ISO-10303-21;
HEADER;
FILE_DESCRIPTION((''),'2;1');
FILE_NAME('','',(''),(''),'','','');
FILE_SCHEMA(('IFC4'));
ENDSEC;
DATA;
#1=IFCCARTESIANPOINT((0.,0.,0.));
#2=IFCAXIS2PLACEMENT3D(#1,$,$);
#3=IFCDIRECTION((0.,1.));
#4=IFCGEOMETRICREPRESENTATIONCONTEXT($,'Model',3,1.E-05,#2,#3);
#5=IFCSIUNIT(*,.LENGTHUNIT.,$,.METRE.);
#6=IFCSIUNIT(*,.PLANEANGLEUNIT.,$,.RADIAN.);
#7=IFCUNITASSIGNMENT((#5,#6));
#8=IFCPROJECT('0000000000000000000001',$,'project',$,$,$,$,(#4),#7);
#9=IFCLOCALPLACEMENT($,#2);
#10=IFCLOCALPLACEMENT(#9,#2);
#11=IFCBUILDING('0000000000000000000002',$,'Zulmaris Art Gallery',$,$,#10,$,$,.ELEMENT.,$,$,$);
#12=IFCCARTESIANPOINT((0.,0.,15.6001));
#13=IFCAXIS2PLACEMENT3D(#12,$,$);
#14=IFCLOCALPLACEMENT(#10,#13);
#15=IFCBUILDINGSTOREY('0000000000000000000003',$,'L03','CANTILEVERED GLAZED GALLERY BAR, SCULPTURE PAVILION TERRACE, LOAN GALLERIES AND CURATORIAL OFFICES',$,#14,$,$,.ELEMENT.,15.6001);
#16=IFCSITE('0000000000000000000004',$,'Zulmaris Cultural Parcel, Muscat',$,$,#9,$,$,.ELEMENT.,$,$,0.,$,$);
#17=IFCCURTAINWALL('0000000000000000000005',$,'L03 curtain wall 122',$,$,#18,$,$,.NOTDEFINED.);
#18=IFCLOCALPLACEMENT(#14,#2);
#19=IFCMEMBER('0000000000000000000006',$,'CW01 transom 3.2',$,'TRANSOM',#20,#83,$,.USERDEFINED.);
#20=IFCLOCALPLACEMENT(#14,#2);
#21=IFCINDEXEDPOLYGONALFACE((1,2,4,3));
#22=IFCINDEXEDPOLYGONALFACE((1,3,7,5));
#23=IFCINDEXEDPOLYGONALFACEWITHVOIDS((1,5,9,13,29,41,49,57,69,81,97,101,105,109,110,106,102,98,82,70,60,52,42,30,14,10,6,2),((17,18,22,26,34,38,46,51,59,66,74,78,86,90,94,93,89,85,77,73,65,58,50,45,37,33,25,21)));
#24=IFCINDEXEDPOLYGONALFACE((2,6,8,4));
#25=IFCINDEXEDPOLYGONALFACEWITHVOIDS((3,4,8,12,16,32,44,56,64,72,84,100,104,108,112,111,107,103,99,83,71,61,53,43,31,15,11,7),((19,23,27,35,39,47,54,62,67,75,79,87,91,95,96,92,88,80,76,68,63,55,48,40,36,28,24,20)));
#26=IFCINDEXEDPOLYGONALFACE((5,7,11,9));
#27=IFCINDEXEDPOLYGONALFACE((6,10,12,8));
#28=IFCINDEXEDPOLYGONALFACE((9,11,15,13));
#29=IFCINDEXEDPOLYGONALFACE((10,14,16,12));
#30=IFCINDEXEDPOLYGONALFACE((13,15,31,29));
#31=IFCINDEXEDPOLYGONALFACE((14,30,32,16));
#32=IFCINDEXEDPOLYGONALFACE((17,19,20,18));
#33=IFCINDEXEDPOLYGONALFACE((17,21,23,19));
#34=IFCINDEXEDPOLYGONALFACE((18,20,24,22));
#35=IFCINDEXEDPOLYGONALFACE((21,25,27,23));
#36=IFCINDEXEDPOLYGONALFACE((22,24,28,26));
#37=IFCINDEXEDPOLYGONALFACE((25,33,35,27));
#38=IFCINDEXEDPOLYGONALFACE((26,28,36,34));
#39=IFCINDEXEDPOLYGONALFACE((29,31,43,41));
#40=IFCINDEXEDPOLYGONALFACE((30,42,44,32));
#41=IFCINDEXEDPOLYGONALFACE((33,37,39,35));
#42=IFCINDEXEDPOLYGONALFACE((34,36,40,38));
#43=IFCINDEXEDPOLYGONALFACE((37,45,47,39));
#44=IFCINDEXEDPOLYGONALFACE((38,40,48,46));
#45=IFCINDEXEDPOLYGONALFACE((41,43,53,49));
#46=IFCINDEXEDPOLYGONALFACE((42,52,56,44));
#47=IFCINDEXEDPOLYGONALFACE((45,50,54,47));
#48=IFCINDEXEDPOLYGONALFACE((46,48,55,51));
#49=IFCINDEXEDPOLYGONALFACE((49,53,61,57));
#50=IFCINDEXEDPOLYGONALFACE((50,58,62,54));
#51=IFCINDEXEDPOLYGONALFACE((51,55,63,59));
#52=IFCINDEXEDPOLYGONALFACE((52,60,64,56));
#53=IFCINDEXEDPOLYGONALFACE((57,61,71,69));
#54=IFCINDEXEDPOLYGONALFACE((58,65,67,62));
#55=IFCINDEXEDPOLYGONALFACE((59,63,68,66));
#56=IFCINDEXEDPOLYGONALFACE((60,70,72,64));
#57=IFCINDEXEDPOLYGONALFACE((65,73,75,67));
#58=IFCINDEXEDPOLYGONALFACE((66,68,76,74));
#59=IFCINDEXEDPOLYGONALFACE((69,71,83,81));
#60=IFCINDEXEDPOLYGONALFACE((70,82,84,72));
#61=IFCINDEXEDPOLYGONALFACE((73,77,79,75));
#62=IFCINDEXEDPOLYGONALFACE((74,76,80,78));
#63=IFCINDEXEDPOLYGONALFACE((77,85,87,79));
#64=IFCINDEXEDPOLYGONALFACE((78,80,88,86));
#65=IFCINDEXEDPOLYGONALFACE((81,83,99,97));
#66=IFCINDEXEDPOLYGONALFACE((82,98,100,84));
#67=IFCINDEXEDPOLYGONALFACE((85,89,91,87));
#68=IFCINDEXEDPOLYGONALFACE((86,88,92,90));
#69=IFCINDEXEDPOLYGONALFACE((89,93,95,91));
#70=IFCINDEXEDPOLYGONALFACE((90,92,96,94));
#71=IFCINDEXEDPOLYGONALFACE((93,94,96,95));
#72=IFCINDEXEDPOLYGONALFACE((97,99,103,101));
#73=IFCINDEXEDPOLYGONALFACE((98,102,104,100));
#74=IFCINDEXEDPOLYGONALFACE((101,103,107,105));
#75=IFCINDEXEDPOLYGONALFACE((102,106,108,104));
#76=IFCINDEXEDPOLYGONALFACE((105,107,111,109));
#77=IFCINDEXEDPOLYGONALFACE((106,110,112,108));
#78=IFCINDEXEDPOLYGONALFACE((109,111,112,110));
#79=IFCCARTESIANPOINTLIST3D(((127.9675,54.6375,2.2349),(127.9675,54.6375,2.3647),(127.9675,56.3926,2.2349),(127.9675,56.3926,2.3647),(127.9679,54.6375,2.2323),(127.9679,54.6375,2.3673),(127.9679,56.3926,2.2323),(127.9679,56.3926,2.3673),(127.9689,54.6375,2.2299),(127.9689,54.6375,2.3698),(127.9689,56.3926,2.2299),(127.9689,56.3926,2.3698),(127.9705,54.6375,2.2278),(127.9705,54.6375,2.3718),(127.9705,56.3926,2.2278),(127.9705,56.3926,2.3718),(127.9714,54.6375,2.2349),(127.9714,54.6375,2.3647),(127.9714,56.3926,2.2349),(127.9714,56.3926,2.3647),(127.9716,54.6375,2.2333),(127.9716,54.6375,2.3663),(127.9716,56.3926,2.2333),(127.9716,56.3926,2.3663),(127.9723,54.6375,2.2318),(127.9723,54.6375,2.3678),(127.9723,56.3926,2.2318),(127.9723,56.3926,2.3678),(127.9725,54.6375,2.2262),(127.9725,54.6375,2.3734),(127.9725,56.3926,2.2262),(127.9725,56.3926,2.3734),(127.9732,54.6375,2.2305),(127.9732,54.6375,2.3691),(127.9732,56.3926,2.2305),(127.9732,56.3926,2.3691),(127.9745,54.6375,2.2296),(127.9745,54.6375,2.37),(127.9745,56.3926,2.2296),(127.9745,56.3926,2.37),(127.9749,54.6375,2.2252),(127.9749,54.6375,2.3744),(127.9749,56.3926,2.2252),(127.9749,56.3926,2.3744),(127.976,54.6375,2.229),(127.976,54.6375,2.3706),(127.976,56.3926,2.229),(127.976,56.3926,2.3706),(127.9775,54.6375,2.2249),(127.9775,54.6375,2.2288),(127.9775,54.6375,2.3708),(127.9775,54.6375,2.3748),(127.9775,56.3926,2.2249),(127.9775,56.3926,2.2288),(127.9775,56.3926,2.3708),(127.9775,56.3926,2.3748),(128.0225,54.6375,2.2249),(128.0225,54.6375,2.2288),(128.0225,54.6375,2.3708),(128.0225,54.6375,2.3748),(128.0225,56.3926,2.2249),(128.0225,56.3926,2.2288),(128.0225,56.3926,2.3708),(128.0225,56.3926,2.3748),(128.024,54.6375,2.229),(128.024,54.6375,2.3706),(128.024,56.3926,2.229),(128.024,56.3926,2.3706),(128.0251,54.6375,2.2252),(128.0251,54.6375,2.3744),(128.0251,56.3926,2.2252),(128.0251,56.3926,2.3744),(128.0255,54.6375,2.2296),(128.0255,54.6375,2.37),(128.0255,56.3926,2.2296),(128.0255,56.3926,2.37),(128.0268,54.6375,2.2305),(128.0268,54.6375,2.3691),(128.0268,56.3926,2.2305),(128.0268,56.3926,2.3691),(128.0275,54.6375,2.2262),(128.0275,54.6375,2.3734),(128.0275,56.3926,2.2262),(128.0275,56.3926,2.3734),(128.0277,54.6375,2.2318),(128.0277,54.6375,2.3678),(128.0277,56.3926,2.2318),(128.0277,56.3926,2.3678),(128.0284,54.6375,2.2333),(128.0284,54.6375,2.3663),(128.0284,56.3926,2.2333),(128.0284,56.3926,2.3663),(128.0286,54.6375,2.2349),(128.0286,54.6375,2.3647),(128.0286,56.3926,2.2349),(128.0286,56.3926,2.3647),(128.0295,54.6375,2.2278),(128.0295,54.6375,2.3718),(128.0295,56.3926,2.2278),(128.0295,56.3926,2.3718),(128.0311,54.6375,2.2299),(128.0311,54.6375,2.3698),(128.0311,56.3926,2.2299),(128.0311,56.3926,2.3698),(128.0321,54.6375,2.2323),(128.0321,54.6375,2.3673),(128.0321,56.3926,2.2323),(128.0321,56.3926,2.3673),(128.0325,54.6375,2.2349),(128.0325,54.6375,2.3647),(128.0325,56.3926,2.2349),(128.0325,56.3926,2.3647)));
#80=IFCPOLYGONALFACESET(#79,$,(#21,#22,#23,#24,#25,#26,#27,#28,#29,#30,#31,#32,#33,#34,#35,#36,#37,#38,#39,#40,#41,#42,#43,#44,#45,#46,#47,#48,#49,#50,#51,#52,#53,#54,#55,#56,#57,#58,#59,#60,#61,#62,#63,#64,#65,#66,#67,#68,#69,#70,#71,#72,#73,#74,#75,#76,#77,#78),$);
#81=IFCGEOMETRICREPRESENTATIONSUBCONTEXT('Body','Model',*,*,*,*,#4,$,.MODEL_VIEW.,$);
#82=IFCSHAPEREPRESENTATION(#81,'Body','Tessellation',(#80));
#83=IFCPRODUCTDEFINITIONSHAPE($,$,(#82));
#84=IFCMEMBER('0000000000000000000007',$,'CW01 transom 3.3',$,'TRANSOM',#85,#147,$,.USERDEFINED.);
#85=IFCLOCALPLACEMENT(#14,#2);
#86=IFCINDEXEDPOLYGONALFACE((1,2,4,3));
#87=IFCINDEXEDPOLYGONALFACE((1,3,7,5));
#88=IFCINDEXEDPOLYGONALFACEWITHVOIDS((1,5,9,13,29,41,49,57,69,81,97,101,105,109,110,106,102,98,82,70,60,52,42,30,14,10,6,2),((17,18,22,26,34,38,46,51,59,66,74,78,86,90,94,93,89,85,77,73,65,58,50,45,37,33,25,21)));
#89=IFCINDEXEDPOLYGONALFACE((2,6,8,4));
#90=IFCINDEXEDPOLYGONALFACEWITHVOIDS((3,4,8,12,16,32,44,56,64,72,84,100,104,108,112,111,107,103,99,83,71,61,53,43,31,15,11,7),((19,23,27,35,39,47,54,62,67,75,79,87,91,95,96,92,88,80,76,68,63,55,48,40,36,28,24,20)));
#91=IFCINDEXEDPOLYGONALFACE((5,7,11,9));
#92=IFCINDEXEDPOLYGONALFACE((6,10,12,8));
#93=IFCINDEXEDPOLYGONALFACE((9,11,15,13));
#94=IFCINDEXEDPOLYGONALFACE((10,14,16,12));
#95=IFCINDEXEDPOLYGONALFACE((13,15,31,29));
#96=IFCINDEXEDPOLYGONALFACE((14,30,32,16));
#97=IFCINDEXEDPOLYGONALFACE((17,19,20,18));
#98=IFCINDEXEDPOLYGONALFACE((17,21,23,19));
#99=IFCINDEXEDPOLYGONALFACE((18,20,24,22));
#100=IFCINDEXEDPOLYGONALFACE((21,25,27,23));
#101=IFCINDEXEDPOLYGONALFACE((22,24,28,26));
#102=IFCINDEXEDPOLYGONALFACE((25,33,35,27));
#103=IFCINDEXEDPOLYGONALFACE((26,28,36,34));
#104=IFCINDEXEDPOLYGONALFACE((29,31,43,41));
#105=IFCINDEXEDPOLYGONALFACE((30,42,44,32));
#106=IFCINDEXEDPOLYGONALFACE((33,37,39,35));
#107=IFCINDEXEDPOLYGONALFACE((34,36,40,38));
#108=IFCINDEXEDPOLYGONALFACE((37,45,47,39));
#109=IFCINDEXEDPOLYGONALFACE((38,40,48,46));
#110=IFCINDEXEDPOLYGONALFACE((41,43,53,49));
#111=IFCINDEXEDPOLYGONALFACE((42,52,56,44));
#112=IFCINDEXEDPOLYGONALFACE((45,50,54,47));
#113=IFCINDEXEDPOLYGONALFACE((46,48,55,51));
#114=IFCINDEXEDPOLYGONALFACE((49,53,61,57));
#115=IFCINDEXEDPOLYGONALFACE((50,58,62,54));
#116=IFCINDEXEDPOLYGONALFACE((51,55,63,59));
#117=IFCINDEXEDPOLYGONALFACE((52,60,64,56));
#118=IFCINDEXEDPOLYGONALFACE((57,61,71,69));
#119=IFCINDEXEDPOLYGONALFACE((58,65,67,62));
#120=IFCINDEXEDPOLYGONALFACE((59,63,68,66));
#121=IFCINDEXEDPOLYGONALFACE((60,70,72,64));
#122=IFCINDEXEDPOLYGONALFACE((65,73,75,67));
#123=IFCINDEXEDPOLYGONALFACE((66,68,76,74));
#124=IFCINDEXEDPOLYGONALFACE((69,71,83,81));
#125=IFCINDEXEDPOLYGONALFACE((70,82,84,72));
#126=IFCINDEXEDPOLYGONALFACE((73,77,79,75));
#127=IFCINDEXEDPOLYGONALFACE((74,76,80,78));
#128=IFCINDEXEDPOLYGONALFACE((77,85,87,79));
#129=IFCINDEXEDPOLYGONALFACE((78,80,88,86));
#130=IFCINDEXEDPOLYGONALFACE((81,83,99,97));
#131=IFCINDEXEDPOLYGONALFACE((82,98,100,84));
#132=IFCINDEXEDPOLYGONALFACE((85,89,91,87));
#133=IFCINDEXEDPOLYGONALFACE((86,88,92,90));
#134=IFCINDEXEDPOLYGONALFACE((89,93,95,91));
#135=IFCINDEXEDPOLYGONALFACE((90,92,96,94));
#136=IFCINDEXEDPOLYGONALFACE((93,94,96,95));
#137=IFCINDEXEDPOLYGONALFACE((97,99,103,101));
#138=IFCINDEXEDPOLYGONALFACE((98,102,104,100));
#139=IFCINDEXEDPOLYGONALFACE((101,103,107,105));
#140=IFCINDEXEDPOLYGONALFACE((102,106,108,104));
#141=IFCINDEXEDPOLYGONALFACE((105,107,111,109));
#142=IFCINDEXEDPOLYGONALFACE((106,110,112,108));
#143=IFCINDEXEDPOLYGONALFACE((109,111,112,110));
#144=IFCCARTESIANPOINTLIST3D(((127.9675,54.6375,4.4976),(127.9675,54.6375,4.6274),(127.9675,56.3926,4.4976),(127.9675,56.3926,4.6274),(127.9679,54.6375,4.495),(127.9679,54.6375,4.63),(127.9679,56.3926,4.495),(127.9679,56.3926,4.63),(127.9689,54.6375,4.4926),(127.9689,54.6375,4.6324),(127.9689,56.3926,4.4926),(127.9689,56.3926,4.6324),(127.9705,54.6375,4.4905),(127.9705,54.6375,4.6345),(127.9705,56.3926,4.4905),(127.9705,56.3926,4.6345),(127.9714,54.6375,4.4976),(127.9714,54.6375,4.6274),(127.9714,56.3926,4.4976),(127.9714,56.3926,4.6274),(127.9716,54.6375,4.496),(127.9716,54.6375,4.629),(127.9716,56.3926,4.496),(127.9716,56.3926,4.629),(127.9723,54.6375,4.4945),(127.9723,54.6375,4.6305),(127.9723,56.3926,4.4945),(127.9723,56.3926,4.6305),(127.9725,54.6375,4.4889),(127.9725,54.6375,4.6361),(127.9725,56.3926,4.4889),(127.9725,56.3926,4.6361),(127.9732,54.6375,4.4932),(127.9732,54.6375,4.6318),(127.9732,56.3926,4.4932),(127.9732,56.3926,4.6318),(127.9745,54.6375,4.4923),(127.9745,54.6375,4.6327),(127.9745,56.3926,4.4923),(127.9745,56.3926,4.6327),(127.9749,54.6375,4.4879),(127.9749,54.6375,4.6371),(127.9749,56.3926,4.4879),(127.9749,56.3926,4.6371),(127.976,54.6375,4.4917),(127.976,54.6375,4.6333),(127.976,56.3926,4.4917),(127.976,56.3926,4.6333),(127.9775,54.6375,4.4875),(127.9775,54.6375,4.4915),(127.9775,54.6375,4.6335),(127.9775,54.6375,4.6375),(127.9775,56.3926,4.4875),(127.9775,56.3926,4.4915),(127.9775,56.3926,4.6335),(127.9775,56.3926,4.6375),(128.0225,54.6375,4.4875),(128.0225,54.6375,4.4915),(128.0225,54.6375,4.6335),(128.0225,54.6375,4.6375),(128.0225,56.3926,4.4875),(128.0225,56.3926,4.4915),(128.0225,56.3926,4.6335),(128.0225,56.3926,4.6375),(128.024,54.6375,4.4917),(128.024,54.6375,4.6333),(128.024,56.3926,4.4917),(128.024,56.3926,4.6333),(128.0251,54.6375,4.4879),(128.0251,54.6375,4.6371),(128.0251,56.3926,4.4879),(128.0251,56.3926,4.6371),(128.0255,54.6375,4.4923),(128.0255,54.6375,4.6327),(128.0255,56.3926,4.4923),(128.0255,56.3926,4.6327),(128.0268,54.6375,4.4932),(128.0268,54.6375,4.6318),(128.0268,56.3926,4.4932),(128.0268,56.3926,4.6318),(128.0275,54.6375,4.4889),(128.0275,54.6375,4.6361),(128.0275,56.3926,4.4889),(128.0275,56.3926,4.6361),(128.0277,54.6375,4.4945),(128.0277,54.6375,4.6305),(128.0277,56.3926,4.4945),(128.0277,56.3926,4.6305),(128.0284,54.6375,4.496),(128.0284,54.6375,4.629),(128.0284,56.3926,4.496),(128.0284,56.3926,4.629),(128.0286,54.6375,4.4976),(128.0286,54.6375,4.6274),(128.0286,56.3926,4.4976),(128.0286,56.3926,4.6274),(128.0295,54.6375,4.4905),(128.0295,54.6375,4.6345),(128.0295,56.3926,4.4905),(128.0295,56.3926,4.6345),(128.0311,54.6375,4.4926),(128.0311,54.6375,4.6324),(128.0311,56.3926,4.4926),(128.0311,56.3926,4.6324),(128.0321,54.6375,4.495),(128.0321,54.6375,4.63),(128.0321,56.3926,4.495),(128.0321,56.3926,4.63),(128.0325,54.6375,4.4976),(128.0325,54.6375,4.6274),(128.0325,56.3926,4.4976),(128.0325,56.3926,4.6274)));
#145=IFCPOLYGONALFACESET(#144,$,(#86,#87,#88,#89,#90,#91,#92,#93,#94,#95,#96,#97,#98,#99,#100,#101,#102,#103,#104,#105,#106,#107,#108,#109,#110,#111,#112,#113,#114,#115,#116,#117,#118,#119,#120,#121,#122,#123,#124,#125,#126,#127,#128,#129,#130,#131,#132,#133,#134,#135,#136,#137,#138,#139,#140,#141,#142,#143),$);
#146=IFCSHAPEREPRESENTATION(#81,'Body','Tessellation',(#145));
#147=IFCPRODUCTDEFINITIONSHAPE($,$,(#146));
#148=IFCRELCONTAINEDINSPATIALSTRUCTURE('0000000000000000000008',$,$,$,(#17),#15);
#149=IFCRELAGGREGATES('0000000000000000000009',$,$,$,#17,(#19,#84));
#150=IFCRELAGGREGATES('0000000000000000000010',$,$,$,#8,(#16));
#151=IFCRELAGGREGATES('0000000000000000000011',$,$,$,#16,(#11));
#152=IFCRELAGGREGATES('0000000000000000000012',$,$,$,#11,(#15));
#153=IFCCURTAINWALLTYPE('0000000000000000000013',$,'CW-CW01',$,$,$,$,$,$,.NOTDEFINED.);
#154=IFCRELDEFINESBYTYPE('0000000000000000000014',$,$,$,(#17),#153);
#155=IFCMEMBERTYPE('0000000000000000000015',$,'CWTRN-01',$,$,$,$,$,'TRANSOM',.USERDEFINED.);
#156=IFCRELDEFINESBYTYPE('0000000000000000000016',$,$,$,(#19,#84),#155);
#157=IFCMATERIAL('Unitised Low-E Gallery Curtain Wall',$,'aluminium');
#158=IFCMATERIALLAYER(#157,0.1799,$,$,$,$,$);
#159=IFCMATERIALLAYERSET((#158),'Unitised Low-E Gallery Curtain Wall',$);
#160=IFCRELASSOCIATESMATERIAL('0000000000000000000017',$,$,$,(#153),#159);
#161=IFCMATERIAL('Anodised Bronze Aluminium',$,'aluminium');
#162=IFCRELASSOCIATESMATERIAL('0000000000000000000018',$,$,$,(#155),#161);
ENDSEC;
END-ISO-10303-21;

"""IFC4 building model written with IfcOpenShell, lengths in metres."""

from ifc_helpers import new_model, si_unit, direction, frame, origin, origin_2d, place, context, subcontext, project, spatial, hollow_rectangle, extrude, material, layer, layer_set, material_profile, profile_set, type_object, element, aggregate, save


model = new_model("IFC4")

# Units and contexts
model_context = context("Model", 3, precision=1e-05, world=origin(), true_north=direction((0.0, 1.0)))
body_context = subcontext(model_context, "Body", "Model", "MODEL_VIEW")
ifc_project = project(units=[si_unit("LENGTHUNIT", "METRE"), si_unit("PLANEANGLEUNIT", "RADIAN")], contexts=[model_context])

# Site, building, storey
site_placement = place(None, origin())
site = spatial("IfcSite", under=ifc_project, at=site_placement, Name="Zulmaris Cultural Parcel, Muscat", CompositionType="ELEMENT", RefElevation=0.0)
building_placement = place(site_placement, origin())
building = spatial("IfcBuilding", under=site, at=building_placement, Name="Zulmaris Art Gallery", CompositionType="ELEMENT")
storey_placement = place(building_placement, frame((0.0, 0.0, 15.6001)))
storey = spatial("IfcBuildingStorey", under=building, at=storey_placement, Name="L03", Description="CANTILEVERED GLAZED GALLERY BAR, SCULPTURE PAVILION TERRACE, LOAN GALLERIES AND CURATORIAL OFFICES", CompositionType="ELEMENT", Elevation=15.6001)

# Curtain wall, members
ifc_material_1 = material(Name="Unitised Low-E Gallery Curtain Wall", Category="aluminium")
ifc_layer_1 = layer(ifc_material_1, 0.1799)
ifc_layer_set_1 = layer_set([ifc_layer_1], Name="Unitised Low-E Gallery Curtain Wall")
curtain_wall_type = type_object("IfcCurtainWallType", Name="CW-CW01", PredefinedType="NOTDEFINED", material=ifc_layer_set_1)
curtain_wall_placement = place(storey_placement, origin())
curtain_wall = element("IfcCurtainWall", 1, at=curtain_wall_placement, inside=storey, type_object=curtain_wall_type, Name="L03 curtain wall 122", PredefinedType="NOTDEFINED")
ifc_material_2 = material(Name="Anodised Bronze Aluminium", Category="aluminium")
ifc_material_profile_1 = material_profile(ifc_material_2, hollow_rectangle(XDim=0.0649, YDim=0.1499, WallThickness=0.0039, InnerFilletRadius=0.0061, OuterFilletRadius=0.01, at=origin_2d()), Name="ALU 65x150x4")
ifc_profile_set_1 = profile_set([ifc_material_profile_1], Name="Anodised Bronze Aluminium")
member_type_1 = type_object("IfcMemberType", Name="CWTRN-01", ElementType="TRANSOM", PredefinedType="USERDEFINED", material=ifc_profile_set_1)
member_1_placement = place(storey_placement, frame((128.0, 54.6375, 2.2998), z_axis=(0.0, 1.0, 0.0), x_axis=(-1.0, 0.0, 0.0)))
member_1 = element("IfcMember", 2, at=member_1_placement, type_object=member_type_1, Name="CW01 transom 3.2", ObjectType="TRANSOM", PredefinedType="USERDEFINED", context=body_context, shape_type="SweptSolid", body=[
    extrude(hollow_rectangle(XDim=0.0649, YDim=0.1499, WallThickness=0.0039, InnerFilletRadius=0.0061, OuterFilletRadius=0.01, at=origin_2d()), origin(), (0.0, 0.0, 1.0), 1.7551),
])
member_2_placement = place(storey_placement, frame((128.0, 54.6375, 4.5625), z_axis=(0.0, 1.0, 0.0), x_axis=(-1.0, 0.0, 0.0)))
member_2 = element("IfcMember", 3, at=member_2_placement, type_object=member_type_1, Name="CW01 transom 3.3", ObjectType="TRANSOM", PredefinedType="USERDEFINED", context=body_context, shape_type="SweptSolid", body=[
    extrude(hollow_rectangle(XDim=0.0649, YDim=0.1499, WallThickness=0.0039, InnerFilletRadius=0.0061, OuterFilletRadius=0.01, at=origin_2d()), origin(), (0.0, 0.0, 1.0), 1.7551),
])
aggregate(curtain_wall, [member_1, member_2])

save(model, "model.ifc")
